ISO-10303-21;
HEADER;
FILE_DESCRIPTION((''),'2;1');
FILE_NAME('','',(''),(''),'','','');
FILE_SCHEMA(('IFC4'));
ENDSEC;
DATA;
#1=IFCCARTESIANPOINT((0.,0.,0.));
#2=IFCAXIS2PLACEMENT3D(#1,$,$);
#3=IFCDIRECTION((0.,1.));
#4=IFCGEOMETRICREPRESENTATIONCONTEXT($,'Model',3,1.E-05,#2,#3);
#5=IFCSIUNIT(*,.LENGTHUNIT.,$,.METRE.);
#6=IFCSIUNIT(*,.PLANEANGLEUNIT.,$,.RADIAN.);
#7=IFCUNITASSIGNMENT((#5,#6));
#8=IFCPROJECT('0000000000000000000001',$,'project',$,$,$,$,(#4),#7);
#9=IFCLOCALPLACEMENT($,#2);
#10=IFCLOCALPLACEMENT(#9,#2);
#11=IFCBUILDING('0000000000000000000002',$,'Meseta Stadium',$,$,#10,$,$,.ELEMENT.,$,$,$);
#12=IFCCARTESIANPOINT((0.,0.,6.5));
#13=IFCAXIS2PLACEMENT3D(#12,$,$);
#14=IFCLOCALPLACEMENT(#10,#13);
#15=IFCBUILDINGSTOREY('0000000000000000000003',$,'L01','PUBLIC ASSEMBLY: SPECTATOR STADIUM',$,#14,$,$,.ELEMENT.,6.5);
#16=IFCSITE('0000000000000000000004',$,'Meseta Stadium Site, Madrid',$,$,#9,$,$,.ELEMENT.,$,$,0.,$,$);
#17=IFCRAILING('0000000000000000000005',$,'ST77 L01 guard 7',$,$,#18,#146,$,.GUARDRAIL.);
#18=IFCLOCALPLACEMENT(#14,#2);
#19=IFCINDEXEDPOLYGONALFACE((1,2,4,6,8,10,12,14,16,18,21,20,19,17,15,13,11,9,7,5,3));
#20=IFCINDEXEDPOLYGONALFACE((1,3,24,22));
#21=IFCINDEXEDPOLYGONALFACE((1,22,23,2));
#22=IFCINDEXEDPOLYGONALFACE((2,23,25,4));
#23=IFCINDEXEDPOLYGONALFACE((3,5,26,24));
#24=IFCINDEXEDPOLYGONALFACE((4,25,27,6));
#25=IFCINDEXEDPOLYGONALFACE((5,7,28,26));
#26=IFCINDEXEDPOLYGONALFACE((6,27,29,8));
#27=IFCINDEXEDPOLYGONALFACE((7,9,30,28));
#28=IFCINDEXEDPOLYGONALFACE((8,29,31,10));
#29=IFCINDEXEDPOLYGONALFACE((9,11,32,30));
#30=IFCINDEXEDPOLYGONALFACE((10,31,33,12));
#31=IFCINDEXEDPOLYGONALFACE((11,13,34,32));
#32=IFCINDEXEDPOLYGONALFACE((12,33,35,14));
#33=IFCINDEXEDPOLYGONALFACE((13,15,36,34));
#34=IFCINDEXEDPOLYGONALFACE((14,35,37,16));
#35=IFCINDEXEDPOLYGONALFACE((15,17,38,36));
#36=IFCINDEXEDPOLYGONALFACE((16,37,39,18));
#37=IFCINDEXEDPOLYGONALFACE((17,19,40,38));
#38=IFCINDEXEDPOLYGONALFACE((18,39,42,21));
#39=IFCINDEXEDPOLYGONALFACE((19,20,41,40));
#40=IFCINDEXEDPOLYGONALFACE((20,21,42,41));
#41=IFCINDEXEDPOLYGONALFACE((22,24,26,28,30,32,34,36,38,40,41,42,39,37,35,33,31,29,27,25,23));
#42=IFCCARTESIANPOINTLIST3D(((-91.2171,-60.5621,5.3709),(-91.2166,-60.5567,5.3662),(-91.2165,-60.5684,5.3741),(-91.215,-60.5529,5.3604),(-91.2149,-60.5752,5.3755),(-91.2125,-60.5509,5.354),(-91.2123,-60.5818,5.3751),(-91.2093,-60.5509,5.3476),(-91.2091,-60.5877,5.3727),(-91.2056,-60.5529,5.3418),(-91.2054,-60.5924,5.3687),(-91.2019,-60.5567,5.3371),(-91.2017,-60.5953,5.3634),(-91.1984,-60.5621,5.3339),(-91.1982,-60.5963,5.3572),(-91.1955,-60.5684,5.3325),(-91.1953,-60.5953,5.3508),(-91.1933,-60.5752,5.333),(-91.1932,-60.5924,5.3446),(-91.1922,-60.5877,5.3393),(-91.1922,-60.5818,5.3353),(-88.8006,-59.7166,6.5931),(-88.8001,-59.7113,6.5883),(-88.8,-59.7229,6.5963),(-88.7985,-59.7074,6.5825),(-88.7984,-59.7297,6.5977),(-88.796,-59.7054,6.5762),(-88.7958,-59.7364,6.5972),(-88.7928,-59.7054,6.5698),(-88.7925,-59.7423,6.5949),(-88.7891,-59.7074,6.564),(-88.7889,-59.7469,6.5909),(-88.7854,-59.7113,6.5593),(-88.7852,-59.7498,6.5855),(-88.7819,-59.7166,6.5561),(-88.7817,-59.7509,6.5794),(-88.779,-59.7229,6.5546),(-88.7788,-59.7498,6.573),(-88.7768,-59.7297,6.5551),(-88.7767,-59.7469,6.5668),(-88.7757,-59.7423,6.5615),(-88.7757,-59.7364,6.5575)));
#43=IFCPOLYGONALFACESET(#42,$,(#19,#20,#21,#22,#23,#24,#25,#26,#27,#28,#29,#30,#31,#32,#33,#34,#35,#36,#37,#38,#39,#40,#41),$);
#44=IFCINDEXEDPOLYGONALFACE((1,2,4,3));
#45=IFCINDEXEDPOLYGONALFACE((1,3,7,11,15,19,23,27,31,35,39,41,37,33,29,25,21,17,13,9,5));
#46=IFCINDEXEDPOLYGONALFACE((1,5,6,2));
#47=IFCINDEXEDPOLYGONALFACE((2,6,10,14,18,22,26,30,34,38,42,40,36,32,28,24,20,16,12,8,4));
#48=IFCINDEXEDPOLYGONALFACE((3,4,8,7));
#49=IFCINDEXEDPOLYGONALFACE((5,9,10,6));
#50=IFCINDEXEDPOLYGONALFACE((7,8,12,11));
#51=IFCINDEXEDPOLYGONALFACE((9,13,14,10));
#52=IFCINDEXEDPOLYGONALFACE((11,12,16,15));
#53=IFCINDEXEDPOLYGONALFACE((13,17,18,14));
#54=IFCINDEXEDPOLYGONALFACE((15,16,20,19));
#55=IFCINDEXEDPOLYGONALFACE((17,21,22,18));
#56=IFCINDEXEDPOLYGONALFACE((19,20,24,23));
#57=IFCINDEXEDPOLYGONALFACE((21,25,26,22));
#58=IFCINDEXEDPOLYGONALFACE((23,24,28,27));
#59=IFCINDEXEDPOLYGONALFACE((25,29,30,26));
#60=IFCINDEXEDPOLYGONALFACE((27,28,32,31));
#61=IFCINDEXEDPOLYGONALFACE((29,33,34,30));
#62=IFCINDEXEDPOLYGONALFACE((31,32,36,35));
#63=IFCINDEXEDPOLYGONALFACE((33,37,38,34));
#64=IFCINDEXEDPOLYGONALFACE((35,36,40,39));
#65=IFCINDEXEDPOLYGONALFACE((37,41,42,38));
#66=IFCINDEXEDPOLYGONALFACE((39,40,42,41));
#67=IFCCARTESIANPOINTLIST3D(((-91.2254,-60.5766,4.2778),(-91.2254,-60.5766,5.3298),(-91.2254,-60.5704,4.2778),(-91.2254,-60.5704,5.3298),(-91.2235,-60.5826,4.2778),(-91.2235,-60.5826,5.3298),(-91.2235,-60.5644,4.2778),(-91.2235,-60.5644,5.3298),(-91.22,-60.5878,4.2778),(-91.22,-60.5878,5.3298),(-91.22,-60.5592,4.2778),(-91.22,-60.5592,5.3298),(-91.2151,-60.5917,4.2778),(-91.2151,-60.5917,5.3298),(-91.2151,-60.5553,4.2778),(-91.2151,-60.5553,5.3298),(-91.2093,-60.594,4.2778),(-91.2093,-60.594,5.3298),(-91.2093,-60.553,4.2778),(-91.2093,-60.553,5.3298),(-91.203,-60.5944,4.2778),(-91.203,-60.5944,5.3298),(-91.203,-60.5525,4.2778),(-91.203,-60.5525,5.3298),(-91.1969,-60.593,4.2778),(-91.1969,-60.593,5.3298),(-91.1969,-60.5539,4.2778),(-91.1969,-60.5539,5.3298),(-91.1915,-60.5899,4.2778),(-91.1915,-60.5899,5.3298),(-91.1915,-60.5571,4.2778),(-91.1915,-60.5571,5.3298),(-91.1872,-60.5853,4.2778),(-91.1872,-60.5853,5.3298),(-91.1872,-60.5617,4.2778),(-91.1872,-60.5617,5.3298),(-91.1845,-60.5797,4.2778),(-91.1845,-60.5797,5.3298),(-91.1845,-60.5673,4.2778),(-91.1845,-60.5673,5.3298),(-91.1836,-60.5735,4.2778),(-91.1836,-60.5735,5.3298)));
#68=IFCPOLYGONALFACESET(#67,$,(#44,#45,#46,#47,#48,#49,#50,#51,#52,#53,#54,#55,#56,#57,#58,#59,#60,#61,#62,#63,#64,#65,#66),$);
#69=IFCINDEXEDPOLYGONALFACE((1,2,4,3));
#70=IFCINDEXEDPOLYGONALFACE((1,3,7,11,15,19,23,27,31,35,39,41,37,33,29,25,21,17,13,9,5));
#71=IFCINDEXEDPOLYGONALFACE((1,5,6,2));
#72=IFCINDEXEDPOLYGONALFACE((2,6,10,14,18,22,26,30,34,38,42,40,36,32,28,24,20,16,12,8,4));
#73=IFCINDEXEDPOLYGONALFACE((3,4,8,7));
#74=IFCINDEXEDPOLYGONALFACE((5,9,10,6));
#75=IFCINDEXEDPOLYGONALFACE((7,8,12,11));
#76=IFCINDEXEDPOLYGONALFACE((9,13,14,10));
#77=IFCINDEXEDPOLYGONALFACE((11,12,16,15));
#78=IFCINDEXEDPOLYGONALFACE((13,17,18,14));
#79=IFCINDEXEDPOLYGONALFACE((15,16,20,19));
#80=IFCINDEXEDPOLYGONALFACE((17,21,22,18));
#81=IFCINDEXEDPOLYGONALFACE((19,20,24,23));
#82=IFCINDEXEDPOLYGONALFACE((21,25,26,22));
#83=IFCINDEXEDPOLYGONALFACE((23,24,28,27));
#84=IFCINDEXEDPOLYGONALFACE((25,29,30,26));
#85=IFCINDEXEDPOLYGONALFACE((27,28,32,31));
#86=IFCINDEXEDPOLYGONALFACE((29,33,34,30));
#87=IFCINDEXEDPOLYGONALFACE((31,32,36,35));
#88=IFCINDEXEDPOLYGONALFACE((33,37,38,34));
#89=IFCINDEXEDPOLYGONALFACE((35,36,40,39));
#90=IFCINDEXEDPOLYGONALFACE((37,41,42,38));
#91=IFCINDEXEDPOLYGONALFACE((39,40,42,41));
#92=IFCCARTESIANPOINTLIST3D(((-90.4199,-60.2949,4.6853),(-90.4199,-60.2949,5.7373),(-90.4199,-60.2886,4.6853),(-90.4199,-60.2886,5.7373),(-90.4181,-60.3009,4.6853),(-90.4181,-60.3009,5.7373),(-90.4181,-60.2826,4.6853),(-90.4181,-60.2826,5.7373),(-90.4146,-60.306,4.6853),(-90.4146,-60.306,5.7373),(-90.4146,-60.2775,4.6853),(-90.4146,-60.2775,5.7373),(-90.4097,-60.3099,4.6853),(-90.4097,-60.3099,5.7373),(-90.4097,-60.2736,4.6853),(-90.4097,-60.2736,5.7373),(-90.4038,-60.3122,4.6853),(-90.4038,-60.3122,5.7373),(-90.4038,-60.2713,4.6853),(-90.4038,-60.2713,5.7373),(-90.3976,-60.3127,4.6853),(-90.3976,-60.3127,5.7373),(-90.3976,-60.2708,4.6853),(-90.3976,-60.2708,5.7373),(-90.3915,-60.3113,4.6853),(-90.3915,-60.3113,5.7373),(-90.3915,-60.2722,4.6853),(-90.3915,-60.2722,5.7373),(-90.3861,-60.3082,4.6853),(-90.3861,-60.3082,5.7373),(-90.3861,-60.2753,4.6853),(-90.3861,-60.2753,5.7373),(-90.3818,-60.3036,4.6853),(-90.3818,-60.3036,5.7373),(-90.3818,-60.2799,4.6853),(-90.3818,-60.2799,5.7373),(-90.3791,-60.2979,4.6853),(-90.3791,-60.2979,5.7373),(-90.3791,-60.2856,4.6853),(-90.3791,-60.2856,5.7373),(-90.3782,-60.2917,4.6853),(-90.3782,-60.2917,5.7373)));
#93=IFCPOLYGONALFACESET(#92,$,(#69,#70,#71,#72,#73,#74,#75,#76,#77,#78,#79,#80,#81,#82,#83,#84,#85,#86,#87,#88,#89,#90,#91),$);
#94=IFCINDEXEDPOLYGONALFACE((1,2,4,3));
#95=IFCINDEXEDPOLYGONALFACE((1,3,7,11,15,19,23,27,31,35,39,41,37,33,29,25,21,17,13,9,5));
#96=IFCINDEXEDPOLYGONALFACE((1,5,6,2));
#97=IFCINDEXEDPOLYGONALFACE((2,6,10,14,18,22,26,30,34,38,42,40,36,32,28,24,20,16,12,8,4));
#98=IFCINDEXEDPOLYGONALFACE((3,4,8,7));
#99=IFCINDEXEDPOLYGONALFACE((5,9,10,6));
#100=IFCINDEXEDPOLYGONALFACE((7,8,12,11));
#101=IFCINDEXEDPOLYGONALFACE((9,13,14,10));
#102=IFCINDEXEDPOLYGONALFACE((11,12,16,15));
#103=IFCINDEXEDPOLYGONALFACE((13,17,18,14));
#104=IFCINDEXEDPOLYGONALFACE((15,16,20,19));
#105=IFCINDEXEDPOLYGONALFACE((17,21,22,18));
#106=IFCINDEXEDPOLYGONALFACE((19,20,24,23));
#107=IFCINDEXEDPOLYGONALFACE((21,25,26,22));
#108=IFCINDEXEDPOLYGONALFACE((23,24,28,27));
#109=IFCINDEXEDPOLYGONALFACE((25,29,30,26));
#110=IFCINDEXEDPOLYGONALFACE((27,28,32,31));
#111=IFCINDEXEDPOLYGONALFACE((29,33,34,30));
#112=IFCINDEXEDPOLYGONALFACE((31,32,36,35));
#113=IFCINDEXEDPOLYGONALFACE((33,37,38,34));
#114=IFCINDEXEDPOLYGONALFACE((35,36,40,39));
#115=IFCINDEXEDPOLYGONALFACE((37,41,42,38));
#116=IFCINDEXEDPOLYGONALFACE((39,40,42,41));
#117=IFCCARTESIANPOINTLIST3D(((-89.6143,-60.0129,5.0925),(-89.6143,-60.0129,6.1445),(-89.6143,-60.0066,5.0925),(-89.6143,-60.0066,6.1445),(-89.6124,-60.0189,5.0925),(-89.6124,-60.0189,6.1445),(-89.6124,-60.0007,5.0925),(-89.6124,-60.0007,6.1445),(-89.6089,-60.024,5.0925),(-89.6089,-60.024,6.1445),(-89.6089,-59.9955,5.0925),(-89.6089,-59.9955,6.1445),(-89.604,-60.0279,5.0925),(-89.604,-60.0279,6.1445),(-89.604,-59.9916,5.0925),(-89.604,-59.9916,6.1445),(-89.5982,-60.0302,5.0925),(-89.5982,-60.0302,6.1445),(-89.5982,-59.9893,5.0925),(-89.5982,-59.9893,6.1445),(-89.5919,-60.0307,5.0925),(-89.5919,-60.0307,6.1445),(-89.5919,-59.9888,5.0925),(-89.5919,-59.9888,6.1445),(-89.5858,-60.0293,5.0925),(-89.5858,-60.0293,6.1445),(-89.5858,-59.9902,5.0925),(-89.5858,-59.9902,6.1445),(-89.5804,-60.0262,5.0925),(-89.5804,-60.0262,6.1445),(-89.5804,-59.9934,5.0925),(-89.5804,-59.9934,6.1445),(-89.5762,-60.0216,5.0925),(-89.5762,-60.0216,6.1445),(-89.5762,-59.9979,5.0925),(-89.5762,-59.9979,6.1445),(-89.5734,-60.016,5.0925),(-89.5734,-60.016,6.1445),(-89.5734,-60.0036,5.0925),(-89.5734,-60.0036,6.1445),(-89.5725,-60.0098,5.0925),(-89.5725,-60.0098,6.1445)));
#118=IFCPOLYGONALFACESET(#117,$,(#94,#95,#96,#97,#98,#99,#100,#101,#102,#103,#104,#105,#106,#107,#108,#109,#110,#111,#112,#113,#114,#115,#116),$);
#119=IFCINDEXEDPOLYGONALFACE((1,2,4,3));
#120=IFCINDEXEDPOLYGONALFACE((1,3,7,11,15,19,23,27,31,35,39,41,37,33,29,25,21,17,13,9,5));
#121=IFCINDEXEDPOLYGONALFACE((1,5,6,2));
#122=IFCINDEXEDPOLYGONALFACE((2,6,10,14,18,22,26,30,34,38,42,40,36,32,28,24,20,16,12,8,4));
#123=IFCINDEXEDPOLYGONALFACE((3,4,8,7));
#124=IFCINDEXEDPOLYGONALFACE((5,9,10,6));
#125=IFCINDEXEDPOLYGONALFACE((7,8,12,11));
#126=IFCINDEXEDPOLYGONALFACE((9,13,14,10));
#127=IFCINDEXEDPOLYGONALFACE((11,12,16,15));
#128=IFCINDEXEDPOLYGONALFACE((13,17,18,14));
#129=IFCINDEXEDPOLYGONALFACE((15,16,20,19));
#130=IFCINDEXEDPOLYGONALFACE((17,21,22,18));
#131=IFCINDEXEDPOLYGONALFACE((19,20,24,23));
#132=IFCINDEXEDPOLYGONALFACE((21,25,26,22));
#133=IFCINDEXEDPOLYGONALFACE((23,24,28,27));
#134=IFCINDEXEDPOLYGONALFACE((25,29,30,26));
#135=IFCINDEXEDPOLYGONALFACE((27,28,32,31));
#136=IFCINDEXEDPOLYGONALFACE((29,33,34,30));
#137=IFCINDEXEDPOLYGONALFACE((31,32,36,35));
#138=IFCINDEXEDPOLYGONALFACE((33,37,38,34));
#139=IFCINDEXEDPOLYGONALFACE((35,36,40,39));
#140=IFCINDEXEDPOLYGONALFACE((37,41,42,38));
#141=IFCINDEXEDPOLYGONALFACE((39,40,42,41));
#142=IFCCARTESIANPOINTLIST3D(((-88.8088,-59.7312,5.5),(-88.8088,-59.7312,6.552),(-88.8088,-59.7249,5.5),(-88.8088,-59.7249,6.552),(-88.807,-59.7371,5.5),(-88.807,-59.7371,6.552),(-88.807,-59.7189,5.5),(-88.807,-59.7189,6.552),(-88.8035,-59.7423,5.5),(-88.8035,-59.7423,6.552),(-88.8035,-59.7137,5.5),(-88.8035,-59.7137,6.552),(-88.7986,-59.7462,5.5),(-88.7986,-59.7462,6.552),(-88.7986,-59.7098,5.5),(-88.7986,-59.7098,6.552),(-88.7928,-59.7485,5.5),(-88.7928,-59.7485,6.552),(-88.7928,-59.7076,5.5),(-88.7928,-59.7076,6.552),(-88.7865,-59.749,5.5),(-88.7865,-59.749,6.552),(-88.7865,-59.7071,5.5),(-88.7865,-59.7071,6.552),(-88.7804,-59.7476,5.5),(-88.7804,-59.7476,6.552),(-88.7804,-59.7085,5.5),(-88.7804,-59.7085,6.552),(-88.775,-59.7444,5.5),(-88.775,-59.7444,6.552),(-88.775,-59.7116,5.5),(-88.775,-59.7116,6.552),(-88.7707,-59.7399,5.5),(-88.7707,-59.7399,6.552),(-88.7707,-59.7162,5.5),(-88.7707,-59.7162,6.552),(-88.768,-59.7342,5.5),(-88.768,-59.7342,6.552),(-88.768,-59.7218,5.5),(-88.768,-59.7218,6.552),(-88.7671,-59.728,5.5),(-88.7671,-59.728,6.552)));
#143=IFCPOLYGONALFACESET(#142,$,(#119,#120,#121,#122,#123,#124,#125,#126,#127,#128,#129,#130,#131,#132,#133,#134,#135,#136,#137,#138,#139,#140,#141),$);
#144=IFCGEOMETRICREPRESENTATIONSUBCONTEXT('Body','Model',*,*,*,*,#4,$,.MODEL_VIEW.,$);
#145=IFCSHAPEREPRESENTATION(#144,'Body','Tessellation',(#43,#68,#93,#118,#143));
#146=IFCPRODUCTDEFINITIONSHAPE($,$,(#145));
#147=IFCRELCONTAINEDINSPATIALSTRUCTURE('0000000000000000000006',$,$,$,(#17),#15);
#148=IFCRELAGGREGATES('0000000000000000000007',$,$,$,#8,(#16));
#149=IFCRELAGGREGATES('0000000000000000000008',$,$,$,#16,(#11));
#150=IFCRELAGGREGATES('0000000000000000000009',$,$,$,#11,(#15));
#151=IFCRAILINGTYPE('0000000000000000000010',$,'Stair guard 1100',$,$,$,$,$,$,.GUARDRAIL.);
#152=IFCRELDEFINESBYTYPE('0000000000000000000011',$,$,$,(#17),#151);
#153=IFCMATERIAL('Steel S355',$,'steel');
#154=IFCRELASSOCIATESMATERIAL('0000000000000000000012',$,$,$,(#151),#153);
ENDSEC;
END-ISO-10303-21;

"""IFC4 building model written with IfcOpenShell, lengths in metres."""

from ifc_helpers import new_model, si_unit, direction, frame, origin, origin_2d, place, context, subcontext, project, spatial, circle, extrude, material, type_object, element, save


model = new_model("IFC4")

# Units and contexts
model_context = context("Model", 3, precision=1e-05, world=origin(), true_north=direction((0.0, 1.0)))
body_context = subcontext(model_context, "Body", "Model", "MODEL_VIEW")
ifc_project = project(units=[si_unit("LENGTHUNIT", "METRE"), si_unit("PLANEANGLEUNIT", "RADIAN")], contexts=[model_context])

# Site, building, storey
site_placement = place(None, origin())
site = spatial("IfcSite", under=ifc_project, at=site_placement, Name="Meseta Stadium Site, Madrid", CompositionType="ELEMENT", RefElevation=0.0)
building_placement = place(site_placement, origin())
building = spatial("IfcBuilding", under=site, at=building_placement, Name="Meseta Stadium", CompositionType="ELEMENT")
storey_placement = place(building_placement, frame((0.0, 0.0, 6.5)))
storey = spatial("IfcBuildingStorey", under=building, at=storey_placement, Name="L01", Description="PUBLIC ASSEMBLY: SPECTATOR STADIUM", CompositionType="ELEMENT", Elevation=6.5)

# Railing
ifc_material_1 = material(Name="Steel S355", Category="steel")
railing_type_1 = type_object("IfcRailingType", Name="Stair guard 1100", PredefinedType="GUARDRAIL", material=ifc_material_1)
railing_1_placement = place(storey_placement, frame((-91.2046, -60.5735, 4.2778)))
element("IfcRailing", 1, at=railing_1_placement, inside=storey, type_object=railing_type_1, Name="ST77 L01 guard 7", PredefinedType="GUARDRAIL", context=body_context, shape_type="SweptSolid", body=[
    extrude(circle(Radius=0.0239, at=origin_2d()), frame((0.0, 0.0, 1.0762), z_axis=(0.851812, 0.298022, 0.430811), x_axis=(-0.33024, 0.943897, 0.0)), (0.0, 0.0, 1.0), 2.8369),
    extrude(circle(Radius=0.021, at=origin_2d()), origin(), (0.0, 0.0, 1.0), 1.052),
    extrude(circle(Radius=0.021, at=origin_2d()), frame((0.8054, 0.2817, 0.4075)), (0.0, 0.0, 1.0), 1.052),
    extrude(circle(Radius=0.021, at=origin_2d()), frame((1.6111, 0.5637, 0.8147)), (0.0, 0.0, 1.0), 1.052),
    extrude(circle(Radius=0.021, at=origin_2d()), frame((2.4165, 0.8455, 1.2222)), (0.0, 0.0, 1.0), 1.052),
])

save(model, "model.ifc")
